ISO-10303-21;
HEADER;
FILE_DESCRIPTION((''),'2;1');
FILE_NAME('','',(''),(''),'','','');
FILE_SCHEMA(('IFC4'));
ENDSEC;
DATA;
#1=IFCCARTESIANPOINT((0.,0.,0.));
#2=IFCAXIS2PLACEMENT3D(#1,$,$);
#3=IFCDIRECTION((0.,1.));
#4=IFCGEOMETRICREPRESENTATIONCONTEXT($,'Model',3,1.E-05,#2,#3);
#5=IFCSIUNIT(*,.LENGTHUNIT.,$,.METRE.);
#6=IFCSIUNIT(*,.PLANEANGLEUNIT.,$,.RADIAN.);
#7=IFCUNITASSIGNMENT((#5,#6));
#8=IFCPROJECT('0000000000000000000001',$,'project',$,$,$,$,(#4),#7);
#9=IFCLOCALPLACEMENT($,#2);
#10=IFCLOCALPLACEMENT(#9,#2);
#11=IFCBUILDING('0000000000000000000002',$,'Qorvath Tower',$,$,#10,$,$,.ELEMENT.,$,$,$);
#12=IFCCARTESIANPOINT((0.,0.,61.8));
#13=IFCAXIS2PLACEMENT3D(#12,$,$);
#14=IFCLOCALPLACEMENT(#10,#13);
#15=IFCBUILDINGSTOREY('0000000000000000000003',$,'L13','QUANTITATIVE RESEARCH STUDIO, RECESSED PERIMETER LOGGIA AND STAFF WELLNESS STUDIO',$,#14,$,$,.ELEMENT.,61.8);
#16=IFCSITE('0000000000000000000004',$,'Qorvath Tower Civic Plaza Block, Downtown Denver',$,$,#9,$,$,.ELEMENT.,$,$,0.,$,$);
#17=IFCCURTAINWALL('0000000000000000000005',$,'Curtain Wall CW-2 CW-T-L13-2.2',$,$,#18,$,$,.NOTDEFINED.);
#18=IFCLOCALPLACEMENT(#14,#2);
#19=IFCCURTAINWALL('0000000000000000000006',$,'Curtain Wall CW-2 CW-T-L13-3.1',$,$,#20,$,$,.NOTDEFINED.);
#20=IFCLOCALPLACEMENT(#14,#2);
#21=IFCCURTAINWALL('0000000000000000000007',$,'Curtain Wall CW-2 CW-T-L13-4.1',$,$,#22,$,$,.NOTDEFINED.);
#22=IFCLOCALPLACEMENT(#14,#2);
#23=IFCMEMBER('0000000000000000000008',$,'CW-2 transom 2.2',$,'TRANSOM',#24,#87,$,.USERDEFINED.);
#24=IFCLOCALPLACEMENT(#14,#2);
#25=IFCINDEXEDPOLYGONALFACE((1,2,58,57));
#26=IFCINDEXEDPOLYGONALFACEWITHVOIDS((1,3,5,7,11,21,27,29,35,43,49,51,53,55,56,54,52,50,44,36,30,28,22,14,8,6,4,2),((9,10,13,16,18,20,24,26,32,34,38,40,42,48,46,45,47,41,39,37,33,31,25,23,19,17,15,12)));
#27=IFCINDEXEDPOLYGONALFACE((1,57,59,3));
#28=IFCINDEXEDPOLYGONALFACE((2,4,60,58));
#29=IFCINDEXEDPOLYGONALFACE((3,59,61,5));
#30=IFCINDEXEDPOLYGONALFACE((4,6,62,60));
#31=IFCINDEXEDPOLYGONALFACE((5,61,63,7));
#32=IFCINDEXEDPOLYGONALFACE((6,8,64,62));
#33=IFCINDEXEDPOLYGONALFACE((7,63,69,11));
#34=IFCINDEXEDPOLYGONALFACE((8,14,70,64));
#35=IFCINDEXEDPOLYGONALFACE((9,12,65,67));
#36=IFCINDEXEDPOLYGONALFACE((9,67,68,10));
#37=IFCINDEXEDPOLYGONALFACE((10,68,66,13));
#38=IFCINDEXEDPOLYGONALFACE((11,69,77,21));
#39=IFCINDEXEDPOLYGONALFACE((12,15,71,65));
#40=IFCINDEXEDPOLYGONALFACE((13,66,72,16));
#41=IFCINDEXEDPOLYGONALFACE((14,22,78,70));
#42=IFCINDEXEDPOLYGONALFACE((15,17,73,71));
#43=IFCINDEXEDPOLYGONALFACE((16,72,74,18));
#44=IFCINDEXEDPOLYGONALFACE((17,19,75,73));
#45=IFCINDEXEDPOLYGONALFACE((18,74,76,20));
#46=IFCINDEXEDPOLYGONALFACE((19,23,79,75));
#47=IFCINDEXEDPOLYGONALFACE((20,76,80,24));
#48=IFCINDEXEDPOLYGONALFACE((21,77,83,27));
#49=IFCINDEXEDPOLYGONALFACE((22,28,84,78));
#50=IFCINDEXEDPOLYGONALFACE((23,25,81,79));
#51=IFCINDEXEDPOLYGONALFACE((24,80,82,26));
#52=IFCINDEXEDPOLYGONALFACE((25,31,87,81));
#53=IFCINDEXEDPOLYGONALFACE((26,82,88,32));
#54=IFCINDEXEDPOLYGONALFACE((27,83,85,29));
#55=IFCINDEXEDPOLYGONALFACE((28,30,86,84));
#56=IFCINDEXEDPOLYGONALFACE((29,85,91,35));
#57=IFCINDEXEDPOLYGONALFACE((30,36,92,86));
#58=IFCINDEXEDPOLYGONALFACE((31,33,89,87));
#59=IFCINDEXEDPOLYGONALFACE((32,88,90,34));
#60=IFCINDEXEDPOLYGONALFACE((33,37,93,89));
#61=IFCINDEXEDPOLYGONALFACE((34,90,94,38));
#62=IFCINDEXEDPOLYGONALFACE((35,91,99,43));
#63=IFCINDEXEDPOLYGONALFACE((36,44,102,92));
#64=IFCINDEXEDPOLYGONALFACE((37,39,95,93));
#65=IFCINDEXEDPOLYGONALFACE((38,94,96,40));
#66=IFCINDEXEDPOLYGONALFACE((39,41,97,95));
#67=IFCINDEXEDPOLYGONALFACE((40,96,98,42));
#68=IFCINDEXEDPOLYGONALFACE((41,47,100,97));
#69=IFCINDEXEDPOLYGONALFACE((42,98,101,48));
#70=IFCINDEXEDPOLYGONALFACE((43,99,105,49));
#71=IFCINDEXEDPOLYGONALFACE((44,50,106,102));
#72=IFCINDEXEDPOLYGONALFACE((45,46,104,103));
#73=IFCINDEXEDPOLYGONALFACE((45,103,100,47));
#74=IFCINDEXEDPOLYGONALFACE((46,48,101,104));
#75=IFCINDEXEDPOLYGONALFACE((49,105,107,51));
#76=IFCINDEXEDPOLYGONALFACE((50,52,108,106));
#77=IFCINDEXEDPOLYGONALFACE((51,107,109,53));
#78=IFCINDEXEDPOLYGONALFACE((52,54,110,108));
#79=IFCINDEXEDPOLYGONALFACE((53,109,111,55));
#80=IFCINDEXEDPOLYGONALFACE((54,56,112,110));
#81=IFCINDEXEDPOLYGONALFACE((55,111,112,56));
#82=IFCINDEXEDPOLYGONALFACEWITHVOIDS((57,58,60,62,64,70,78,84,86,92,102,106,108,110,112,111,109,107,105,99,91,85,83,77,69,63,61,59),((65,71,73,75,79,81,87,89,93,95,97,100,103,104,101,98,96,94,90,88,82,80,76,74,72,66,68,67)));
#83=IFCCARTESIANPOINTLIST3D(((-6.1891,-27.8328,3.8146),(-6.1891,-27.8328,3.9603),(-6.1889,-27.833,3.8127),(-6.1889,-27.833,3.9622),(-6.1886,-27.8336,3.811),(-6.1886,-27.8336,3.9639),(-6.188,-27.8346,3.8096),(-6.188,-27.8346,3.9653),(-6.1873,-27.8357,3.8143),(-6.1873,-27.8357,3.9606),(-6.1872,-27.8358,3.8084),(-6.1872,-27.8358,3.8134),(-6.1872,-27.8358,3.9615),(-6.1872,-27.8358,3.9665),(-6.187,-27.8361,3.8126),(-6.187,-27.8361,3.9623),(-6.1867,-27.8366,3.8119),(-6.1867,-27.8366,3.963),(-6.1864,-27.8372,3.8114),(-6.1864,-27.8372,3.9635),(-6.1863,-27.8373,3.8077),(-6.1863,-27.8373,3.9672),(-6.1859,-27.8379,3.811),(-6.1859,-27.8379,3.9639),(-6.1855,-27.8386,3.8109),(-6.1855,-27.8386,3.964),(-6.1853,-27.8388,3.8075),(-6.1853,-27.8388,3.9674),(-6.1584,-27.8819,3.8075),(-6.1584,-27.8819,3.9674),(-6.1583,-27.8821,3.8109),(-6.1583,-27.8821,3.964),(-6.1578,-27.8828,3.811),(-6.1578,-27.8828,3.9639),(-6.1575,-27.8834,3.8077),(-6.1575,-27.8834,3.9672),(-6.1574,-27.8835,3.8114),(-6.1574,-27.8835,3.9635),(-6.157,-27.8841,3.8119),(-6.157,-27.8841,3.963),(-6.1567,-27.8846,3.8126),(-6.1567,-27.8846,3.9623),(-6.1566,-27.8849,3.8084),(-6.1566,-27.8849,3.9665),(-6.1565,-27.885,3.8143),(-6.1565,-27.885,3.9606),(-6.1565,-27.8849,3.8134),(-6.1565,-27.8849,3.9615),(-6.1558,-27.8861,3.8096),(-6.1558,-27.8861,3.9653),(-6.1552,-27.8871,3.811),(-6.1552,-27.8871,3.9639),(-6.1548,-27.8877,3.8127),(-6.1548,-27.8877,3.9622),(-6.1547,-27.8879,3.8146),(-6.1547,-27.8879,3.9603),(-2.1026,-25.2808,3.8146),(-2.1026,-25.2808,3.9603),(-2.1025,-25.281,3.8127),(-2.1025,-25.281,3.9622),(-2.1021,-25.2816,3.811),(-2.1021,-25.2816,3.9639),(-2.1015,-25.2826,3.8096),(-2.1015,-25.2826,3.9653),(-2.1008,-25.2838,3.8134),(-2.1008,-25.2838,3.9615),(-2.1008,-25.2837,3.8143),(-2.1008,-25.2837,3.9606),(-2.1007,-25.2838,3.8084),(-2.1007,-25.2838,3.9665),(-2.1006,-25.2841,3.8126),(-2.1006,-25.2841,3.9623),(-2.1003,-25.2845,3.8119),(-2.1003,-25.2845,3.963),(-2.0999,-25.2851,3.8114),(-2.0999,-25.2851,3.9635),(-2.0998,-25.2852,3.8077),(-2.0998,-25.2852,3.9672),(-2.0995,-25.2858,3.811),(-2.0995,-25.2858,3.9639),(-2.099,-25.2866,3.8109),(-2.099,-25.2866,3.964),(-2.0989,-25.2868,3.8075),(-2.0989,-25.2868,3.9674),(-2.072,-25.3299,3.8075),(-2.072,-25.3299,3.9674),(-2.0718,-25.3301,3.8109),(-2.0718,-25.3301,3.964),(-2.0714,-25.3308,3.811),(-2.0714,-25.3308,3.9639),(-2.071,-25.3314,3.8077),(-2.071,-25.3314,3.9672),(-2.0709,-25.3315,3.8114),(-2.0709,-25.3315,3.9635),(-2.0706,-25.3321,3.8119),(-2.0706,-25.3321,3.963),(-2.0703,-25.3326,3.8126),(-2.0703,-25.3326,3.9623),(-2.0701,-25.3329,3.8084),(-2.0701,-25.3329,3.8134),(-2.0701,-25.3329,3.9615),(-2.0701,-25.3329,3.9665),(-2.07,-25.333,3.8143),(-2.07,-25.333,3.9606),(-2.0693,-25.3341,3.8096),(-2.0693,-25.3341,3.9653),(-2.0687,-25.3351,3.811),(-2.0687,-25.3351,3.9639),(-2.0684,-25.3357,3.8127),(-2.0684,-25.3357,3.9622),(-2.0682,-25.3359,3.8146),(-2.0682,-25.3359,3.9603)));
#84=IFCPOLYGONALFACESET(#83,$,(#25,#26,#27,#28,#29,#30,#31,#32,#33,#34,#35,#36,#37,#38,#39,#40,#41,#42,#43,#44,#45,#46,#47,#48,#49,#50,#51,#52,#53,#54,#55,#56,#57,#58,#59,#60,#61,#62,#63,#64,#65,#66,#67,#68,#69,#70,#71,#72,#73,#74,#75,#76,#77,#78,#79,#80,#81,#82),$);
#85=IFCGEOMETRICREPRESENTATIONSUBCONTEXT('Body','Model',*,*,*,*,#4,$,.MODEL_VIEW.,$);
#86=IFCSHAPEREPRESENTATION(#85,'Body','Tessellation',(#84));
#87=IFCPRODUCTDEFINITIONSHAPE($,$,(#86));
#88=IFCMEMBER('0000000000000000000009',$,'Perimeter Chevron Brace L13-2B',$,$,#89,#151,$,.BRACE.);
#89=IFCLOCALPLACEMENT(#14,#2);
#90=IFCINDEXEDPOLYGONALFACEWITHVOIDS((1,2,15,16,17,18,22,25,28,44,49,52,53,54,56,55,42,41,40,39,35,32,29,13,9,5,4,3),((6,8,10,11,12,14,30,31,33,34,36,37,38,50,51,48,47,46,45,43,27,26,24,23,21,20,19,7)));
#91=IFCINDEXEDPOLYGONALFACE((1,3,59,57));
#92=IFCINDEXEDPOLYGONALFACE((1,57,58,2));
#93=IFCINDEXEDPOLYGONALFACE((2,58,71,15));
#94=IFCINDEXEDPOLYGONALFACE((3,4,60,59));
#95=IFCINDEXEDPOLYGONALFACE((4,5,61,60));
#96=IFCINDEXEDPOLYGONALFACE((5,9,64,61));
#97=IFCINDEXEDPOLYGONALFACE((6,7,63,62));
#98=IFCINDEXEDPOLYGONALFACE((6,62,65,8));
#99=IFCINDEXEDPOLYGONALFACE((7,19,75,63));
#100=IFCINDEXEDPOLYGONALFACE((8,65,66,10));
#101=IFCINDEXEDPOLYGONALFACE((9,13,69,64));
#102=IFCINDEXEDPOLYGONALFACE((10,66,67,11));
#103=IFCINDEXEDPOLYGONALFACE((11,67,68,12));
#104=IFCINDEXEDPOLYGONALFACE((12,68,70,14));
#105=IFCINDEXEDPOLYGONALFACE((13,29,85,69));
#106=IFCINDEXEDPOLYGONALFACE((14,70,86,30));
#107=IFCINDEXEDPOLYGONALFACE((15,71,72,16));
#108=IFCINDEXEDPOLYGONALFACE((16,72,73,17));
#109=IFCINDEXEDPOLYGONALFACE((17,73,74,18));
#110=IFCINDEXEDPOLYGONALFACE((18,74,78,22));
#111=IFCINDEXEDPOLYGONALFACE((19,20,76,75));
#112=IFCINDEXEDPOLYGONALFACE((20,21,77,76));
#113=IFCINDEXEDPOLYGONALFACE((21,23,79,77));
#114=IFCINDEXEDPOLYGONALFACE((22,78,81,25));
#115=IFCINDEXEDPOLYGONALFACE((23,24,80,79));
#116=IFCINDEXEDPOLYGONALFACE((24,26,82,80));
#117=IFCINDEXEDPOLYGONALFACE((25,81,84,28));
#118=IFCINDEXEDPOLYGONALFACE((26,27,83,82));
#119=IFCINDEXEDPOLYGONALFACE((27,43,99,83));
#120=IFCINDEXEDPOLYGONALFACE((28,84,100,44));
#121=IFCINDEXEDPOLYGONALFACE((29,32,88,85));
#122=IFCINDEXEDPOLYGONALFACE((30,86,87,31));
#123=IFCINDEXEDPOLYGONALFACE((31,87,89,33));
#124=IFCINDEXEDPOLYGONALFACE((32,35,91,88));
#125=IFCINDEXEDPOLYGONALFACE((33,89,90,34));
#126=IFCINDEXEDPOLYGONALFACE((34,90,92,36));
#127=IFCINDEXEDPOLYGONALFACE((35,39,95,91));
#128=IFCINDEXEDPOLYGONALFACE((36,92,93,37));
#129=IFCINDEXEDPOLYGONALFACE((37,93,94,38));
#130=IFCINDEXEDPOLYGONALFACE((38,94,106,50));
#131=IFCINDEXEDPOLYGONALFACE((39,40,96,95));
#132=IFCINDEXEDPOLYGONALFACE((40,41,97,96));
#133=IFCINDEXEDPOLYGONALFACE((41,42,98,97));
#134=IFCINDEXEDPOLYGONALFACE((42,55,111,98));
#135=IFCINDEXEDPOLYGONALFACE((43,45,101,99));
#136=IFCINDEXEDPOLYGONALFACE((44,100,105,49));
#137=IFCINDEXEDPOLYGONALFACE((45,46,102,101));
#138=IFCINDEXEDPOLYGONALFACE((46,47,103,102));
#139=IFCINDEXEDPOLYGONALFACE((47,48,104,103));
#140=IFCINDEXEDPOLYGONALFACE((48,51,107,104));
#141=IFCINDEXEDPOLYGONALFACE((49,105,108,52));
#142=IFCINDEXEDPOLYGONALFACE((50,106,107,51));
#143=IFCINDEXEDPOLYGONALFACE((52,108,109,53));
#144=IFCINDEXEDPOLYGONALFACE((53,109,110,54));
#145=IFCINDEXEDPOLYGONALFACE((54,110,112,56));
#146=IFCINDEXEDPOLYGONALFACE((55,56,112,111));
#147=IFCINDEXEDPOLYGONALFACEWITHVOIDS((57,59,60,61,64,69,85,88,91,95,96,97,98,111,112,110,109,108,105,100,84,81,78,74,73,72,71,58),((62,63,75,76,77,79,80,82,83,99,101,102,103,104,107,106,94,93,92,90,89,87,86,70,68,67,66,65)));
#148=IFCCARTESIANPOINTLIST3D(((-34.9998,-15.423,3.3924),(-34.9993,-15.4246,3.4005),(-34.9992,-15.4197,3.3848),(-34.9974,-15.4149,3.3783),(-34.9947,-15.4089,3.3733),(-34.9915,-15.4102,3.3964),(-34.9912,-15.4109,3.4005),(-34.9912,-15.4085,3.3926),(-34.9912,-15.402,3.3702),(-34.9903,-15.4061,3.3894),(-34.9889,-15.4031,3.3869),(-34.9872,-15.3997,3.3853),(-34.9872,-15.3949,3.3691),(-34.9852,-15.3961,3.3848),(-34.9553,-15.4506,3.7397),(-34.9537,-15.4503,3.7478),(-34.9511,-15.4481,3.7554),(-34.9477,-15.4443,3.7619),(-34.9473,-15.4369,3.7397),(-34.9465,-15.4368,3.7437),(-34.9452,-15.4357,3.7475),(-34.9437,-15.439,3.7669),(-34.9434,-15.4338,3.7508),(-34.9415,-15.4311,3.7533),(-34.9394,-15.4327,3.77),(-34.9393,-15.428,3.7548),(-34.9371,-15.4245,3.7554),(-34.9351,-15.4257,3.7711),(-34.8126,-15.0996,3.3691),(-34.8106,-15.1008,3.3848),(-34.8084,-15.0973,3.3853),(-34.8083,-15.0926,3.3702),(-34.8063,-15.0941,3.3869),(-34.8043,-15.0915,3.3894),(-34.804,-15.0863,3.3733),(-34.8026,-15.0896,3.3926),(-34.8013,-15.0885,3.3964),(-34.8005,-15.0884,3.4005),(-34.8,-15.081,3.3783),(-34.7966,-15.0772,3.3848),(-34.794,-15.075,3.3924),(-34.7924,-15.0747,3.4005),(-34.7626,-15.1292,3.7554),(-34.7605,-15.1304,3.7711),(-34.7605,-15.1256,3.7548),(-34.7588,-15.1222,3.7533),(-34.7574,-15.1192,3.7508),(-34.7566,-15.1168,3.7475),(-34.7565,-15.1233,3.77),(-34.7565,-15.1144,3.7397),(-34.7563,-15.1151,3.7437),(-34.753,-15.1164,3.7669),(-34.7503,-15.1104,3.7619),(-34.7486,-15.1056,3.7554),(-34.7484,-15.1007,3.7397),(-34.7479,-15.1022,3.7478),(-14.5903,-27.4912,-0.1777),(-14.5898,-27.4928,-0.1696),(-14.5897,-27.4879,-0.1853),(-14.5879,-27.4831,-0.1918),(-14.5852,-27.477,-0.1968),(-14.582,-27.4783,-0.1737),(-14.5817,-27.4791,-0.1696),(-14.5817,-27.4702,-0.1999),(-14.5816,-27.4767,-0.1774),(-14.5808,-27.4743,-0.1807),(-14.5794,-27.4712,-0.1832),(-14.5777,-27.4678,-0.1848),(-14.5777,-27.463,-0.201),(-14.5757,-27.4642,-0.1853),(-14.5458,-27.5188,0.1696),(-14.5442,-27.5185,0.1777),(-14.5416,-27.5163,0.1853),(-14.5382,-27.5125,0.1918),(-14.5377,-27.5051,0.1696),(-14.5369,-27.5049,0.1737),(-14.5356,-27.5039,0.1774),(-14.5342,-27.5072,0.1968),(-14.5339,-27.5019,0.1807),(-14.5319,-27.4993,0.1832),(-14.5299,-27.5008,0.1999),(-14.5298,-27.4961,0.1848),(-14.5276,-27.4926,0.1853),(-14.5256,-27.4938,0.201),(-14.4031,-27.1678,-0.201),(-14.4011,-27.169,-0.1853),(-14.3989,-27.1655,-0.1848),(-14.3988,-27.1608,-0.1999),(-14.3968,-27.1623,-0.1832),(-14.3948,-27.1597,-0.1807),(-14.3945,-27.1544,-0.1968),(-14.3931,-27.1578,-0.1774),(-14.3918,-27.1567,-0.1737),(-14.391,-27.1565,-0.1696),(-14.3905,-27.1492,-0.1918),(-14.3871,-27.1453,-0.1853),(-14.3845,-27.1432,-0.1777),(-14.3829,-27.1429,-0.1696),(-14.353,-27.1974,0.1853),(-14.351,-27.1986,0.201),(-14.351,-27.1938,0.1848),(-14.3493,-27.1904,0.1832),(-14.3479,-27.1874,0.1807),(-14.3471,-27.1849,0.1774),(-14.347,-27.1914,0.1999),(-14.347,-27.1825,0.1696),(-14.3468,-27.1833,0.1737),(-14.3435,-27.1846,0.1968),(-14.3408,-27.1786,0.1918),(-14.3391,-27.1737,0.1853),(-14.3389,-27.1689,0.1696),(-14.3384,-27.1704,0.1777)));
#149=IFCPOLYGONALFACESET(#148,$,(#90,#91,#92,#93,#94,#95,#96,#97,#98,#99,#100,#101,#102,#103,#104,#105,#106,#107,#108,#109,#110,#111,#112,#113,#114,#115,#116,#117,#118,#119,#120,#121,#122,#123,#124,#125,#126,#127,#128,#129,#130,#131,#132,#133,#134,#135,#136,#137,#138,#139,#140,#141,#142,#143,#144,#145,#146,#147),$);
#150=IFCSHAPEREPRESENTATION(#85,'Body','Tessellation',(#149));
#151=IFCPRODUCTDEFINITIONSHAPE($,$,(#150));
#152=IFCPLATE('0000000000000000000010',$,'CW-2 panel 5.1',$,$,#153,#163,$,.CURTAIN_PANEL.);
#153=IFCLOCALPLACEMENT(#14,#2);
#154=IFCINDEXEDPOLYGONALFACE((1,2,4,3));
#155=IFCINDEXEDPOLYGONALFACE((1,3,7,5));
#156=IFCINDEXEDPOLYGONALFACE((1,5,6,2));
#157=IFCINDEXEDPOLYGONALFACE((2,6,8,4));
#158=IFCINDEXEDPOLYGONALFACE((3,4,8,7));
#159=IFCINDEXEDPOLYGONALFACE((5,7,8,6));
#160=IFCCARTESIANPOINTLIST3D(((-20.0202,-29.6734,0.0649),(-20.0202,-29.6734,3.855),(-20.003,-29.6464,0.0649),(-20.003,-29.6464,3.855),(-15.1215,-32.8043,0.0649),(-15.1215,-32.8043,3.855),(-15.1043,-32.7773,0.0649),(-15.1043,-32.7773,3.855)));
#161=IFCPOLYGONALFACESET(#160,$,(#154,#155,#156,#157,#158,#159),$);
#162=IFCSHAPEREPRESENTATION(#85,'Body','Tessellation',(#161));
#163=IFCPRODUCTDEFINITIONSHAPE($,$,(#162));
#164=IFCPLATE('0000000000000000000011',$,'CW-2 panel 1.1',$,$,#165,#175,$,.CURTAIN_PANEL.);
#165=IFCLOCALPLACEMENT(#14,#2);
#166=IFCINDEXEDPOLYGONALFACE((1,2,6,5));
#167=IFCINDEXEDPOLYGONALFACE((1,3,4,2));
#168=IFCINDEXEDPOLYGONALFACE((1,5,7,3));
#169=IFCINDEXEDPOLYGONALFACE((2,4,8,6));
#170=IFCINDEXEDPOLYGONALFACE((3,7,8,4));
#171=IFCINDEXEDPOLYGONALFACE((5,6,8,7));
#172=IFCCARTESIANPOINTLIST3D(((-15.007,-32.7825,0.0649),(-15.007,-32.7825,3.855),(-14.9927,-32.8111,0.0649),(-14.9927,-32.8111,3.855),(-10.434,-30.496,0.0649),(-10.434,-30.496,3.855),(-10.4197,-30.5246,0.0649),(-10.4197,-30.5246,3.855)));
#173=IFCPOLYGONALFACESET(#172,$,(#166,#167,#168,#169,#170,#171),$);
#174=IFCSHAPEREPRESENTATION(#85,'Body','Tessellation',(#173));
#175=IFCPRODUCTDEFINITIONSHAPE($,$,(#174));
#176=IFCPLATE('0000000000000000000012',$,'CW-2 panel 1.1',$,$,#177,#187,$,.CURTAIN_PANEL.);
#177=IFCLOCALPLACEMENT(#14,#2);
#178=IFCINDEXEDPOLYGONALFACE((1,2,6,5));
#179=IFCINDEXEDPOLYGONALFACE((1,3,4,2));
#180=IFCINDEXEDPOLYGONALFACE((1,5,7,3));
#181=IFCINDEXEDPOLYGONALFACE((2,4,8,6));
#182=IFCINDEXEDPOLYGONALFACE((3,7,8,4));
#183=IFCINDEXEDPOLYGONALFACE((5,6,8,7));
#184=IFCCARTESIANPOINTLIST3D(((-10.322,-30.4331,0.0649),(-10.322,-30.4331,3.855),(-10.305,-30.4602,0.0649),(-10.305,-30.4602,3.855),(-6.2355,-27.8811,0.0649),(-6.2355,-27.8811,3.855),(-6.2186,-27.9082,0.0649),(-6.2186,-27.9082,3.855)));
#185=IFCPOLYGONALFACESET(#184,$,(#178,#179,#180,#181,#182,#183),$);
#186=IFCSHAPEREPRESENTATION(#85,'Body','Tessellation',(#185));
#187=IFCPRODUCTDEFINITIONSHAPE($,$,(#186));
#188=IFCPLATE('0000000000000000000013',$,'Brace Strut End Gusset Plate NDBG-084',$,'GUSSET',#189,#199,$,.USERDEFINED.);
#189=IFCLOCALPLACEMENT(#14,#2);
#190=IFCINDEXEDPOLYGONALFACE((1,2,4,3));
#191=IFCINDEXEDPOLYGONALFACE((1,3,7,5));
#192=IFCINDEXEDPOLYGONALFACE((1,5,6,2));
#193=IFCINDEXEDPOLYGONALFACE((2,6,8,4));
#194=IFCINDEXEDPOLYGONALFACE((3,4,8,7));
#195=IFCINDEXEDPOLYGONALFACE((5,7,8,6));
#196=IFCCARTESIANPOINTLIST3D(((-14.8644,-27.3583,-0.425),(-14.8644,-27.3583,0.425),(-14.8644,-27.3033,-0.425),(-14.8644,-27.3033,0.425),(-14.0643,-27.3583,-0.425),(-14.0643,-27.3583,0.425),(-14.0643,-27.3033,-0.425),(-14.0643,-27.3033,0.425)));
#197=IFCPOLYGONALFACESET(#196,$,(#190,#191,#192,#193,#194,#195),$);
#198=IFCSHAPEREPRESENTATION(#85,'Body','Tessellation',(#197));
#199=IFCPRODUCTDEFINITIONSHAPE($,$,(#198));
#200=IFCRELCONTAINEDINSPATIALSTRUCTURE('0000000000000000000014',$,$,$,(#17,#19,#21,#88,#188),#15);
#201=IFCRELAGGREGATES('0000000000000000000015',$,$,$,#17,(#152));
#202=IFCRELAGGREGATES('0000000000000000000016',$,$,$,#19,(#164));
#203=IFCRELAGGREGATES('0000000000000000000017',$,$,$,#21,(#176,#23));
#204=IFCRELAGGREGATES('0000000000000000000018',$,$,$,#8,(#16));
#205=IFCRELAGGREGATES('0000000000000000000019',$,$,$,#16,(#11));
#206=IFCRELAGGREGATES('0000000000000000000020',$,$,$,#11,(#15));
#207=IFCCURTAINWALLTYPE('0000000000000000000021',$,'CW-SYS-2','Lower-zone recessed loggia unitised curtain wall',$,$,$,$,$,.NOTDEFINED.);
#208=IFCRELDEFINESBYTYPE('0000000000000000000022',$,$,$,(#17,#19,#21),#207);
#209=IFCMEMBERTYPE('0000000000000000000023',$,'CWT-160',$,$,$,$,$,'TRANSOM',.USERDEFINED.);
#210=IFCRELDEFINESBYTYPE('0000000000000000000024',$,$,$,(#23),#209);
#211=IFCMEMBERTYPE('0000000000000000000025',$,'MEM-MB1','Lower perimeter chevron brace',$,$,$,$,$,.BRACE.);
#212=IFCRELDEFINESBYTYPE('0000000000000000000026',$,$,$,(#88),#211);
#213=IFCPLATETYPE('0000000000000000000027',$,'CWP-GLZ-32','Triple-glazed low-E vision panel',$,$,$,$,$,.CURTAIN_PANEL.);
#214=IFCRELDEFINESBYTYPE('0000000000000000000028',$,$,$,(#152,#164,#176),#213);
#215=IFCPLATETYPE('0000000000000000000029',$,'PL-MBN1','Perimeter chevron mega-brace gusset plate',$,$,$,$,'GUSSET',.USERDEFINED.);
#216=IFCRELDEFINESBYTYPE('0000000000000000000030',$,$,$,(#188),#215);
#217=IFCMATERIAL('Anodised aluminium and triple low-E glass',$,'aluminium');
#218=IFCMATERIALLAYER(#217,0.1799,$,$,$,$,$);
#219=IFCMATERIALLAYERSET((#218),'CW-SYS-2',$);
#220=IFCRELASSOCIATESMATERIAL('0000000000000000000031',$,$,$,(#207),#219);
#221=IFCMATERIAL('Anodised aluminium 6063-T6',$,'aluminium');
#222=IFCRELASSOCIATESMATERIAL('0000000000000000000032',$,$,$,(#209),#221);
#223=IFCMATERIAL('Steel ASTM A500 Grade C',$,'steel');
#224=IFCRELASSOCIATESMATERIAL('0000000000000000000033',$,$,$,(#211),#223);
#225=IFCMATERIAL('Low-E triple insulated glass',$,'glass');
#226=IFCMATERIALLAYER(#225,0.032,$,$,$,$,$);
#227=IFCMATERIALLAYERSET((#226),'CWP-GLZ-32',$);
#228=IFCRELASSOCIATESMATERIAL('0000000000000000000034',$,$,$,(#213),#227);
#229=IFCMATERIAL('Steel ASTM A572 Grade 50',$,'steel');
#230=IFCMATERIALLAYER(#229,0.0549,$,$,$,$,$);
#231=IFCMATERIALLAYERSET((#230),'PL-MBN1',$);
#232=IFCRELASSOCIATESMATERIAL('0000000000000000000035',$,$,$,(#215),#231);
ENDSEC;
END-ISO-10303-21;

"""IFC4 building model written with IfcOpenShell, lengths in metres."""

from ifc_helpers import new_model, si_unit, direction, frame, origin, origin_2d, place, context, subcontext, project, spatial, rectangle, hollow_rectangle, extrude, material, layer, layer_set, material_profile, profile_set, type_object, element, aggregate, save


model = new_model("IFC4")

# Units and contexts
model_context = context("Model", 3, precision=1e-05, world=origin(), true_north=direction((0.0, 1.0)))
body_context = subcontext(model_context, "Body", "Model", "MODEL_VIEW")
ifc_project = project(units=[si_unit("LENGTHUNIT", "METRE"), si_unit("PLANEANGLEUNIT", "RADIAN")], contexts=[model_context])

# Site, building, storey
site_placement = place(None, origin())
site = spatial("IfcSite", under=ifc_project, at=site_placement, Name="Qorvath Tower Civic Plaza Block, Downtown Denver", CompositionType="ELEMENT", RefElevation=0.0)
building_placement = place(site_placement, origin())
building = spatial("IfcBuilding", under=site, at=building_placement, Name="Qorvath Tower", CompositionType="ELEMENT")
storey_placement = place(building_placement, frame((0.0, 0.0, 61.8)))
storey = spatial("IfcBuildingStorey", under=building, at=storey_placement, Name="L13", Description="QUANTITATIVE RESEARCH STUDIO, RECESSED PERIMETER LOGGIA AND STAFF WELLNESS STUDIO", CompositionType="ELEMENT", Elevation=61.8)

# Curtain wall
ifc_material_1 = material(Name="Anodised aluminium and triple low-E glass", Category="aluminium")
ifc_layer_1 = layer(ifc_material_1, 0.1799)
ifc_layer_set_1 = layer_set([ifc_layer_1], Name="CW-SYS-2")
curtain_wall_type = type_object("IfcCurtainWallType", Name="CW-SYS-2", Description="Lower-zone recessed loggia unitised curtain wall", PredefinedType="NOTDEFINED", material=ifc_layer_set_1)
curtain_wall_1_placement = place(storey_placement, origin())
curtain_wall_1 = element("IfcCurtainWall", 1, at=curtain_wall_1_placement, inside=storey, type_object=curtain_wall_type, Name="Curtain Wall CW-2 CW-T-L13-2.2", PredefinedType="NOTDEFINED")

# Curtain walls
curtain_wall_2_placement = place(storey_placement, origin())
curtain_wall_2 = element("IfcCurtainWall", 2, at=curtain_wall_2_placement, inside=storey, type_object=curtain_wall_type, Name="Curtain Wall CW-2 CW-T-L13-3.1", PredefinedType="NOTDEFINED")
curtain_wall_3_placement = place(storey_placement, origin())
curtain_wall_3 = element("IfcCurtainWall", 3, at=curtain_wall_3_placement, inside=storey, type_object=curtain_wall_type, Name="Curtain Wall CW-2 CW-T-L13-4.1", PredefinedType="NOTDEFINED")

# Members
ifc_material_2 = material(Name="Anodised aluminium 6063-T6", Category="aluminium")
ifc_material_profile_1 = material_profile(ifc_material_2, hollow_rectangle(XDim=0.0649, YDim=0.1599, WallThickness=0.0034, InnerFilletRadius=0.0034, OuterFilletRadius=0.0071, at=origin_2d()), Name="CWT 160x65")
ifc_profile_set_1 = profile_set([ifc_material_profile_1], Name="Anodised aluminium 6063-T6")
member_type_1 = type_object("IfcMemberType", Name="CWT-160", ElementType="TRANSOM", PredefinedType="USERDEFINED", material=ifc_profile_set_1)
member_1_placement = place(storey_placement, frame((-6.1719, -27.8604, 3.8875), z_axis=(0.848186, 0.529698, 0.0), x_axis=(-0.529698, 0.848186, 0.0)))
member_1 = element("IfcMember", 4, at=member_1_placement, type_object=member_type_1, Name="CW-2 transom 2.2", ObjectType="TRANSOM", PredefinedType="USERDEFINED", context=body_context, shape_type="SweptSolid", body=[
    extrude(hollow_rectangle(XDim=0.0649, YDim=0.1599, WallThickness=0.0034, InnerFilletRadius=0.0034, OuterFilletRadius=0.0071, at=origin_2d()), origin(), (0.0, 0.0, 1.0), 4.8179),
])
ifc_material_3 = material(Name="Steel ASTM A500 Grade C", Category="steel")
ifc_material_profile_2 = material_profile(ifc_material_3, hollow_rectangle(XDim=0.4065, YDim=0.4065, WallThickness=0.0159, InnerFilletRadius=0.0159, OuterFilletRadius=0.0317, at=origin_2d()), Name="HSS 406x406x16")
ifc_profile_set_2 = profile_set([ifc_material_profile_2], Name="Steel ASTM A500 Grade C")
member_type_2 = type_object("IfcMemberType", Name="MEM-MB1", Description="Lower perimeter chevron brace", PredefinedType="BRACE", material=ifc_profile_set_2)
member_2_placement = place(storey_placement, frame((-14.4644, -27.3308, 0.0), z_axis=(-0.851184, 0.503306, 0.148891), x_axis=(-0.508979, -0.860779, 0.0)))
element("IfcMember", 5, at=member_2_placement, inside=storey, type_object=member_type_2, Name="Perimeter Chevron Brace L13-2B", PredefinedType="BRACE", context=body_context, shape_type="SweptSolid", body=[
    extrude(hollow_rectangle(XDim=0.4065, YDim=0.4065, WallThickness=0.0159, InnerFilletRadius=0.0159, OuterFilletRadius=0.0317, at=origin_2d()), origin(), (0.0, 0.0, 1.0), 23.9778),
])

# Plates
ifc_material_4 = material(Name="Low-E triple insulated glass", Category="glass")
ifc_layer_2 = layer(ifc_material_4, 0.032)
ifc_layer_set_2 = layer_set([ifc_layer_2], Name="CWP-GLZ-32")
plate_type_1 = type_object("IfcPlateType", Name="CWP-GLZ-32", Description="Triple-glazed low-E vision panel", PredefinedType="CURTAIN_PANEL", material=ifc_layer_set_2)
plate_1_placement = place(storey_placement, frame((-17.5623, -31.2253, 0.0649), z_axis=(0.0, 0.0, 1.0), x_axis=(0.842602, -0.538536, 0.0)))
plate_1 = element("IfcPlate", 6, at=plate_1_placement, type_object=plate_type_1, Name="CW-2 panel 5.1", PredefinedType="CURTAIN_PANEL", context=body_context, shape_type="SweptSolid", body=[
    extrude(rectangle(XDim=5.8137, YDim=0.032, at=origin_2d()), origin(), (0.0, 0.0, 1.0), 3.79),
])
aggregate(curtain_wall_1, [plate_1])
plate_2_placement = place(storey_placement, frame((-12.7134, -31.6536, 0.0649), z_axis=(0.0, 0.0, 1.0), x_axis=(0.894427, 0.447214, 0.0)))
plate_2 = element("IfcPlate", 7, at=plate_2_placement, type_object=plate_type_1, Name="CW-2 panel 1.1", PredefinedType="CURTAIN_PANEL", context=body_context, shape_type="SweptSolid", body=[
    extrude(rectangle(XDim=5.1128, YDim=0.032, at=origin_2d()), origin(), (0.0, 0.0, 1.0), 3.79),
])
aggregate(curtain_wall_2, [plate_2])
plate_3_placement = place(storey_placement, frame((-8.2703, -29.1707, 0.0649), z_axis=(0.0, 0.0, 1.0), x_axis=(0.84819, 0.529692, 0.0)))
plate_3 = element("IfcPlate", 8, at=plate_3_placement, type_object=plate_type_1, Name="CW-2 panel 1.1", PredefinedType="CURTAIN_PANEL", context=body_context, shape_type="SweptSolid", body=[
    extrude(rectangle(XDim=4.8179, YDim=0.032, at=origin_2d()), origin(), (0.0, 0.0, 1.0), 3.79),
])
aggregate(curtain_wall_3, [plate_3, member_1])
ifc_material_5 = material(Name="Steel ASTM A572 Grade 50", Category="steel")
ifc_layer_3 = layer(ifc_material_5, 0.0549)
ifc_layer_set_3 = layer_set([ifc_layer_3], Name="PL-MBN1")
plate_type_2 = type_object("IfcPlateType", Name="PL-MBN1", Description="Perimeter chevron mega-brace gusset plate", ElementType="GUSSET", PredefinedType="USERDEFINED", material=ifc_layer_set_3)
plate_4_placement = place(storey_placement, frame((-14.4644, -27.3308, -0.425), z_axis=(0.0, 0.0, 1.0), x_axis=(1.0, 0.0, 0.0)))
element("IfcPlate", 9, at=plate_4_placement, inside=storey, type_object=plate_type_2, Name="Brace Strut End Gusset Plate NDBG-084", ObjectType="GUSSET", PredefinedType="USERDEFINED", context=body_context, shape_type="SweptSolid", body=[
    extrude(rectangle(XDim=0.8, YDim=0.0549, at=origin_2d()), origin(), (0.0, 0.0, 1.0), 0.8501),
])

save(model, "model.ifc")
